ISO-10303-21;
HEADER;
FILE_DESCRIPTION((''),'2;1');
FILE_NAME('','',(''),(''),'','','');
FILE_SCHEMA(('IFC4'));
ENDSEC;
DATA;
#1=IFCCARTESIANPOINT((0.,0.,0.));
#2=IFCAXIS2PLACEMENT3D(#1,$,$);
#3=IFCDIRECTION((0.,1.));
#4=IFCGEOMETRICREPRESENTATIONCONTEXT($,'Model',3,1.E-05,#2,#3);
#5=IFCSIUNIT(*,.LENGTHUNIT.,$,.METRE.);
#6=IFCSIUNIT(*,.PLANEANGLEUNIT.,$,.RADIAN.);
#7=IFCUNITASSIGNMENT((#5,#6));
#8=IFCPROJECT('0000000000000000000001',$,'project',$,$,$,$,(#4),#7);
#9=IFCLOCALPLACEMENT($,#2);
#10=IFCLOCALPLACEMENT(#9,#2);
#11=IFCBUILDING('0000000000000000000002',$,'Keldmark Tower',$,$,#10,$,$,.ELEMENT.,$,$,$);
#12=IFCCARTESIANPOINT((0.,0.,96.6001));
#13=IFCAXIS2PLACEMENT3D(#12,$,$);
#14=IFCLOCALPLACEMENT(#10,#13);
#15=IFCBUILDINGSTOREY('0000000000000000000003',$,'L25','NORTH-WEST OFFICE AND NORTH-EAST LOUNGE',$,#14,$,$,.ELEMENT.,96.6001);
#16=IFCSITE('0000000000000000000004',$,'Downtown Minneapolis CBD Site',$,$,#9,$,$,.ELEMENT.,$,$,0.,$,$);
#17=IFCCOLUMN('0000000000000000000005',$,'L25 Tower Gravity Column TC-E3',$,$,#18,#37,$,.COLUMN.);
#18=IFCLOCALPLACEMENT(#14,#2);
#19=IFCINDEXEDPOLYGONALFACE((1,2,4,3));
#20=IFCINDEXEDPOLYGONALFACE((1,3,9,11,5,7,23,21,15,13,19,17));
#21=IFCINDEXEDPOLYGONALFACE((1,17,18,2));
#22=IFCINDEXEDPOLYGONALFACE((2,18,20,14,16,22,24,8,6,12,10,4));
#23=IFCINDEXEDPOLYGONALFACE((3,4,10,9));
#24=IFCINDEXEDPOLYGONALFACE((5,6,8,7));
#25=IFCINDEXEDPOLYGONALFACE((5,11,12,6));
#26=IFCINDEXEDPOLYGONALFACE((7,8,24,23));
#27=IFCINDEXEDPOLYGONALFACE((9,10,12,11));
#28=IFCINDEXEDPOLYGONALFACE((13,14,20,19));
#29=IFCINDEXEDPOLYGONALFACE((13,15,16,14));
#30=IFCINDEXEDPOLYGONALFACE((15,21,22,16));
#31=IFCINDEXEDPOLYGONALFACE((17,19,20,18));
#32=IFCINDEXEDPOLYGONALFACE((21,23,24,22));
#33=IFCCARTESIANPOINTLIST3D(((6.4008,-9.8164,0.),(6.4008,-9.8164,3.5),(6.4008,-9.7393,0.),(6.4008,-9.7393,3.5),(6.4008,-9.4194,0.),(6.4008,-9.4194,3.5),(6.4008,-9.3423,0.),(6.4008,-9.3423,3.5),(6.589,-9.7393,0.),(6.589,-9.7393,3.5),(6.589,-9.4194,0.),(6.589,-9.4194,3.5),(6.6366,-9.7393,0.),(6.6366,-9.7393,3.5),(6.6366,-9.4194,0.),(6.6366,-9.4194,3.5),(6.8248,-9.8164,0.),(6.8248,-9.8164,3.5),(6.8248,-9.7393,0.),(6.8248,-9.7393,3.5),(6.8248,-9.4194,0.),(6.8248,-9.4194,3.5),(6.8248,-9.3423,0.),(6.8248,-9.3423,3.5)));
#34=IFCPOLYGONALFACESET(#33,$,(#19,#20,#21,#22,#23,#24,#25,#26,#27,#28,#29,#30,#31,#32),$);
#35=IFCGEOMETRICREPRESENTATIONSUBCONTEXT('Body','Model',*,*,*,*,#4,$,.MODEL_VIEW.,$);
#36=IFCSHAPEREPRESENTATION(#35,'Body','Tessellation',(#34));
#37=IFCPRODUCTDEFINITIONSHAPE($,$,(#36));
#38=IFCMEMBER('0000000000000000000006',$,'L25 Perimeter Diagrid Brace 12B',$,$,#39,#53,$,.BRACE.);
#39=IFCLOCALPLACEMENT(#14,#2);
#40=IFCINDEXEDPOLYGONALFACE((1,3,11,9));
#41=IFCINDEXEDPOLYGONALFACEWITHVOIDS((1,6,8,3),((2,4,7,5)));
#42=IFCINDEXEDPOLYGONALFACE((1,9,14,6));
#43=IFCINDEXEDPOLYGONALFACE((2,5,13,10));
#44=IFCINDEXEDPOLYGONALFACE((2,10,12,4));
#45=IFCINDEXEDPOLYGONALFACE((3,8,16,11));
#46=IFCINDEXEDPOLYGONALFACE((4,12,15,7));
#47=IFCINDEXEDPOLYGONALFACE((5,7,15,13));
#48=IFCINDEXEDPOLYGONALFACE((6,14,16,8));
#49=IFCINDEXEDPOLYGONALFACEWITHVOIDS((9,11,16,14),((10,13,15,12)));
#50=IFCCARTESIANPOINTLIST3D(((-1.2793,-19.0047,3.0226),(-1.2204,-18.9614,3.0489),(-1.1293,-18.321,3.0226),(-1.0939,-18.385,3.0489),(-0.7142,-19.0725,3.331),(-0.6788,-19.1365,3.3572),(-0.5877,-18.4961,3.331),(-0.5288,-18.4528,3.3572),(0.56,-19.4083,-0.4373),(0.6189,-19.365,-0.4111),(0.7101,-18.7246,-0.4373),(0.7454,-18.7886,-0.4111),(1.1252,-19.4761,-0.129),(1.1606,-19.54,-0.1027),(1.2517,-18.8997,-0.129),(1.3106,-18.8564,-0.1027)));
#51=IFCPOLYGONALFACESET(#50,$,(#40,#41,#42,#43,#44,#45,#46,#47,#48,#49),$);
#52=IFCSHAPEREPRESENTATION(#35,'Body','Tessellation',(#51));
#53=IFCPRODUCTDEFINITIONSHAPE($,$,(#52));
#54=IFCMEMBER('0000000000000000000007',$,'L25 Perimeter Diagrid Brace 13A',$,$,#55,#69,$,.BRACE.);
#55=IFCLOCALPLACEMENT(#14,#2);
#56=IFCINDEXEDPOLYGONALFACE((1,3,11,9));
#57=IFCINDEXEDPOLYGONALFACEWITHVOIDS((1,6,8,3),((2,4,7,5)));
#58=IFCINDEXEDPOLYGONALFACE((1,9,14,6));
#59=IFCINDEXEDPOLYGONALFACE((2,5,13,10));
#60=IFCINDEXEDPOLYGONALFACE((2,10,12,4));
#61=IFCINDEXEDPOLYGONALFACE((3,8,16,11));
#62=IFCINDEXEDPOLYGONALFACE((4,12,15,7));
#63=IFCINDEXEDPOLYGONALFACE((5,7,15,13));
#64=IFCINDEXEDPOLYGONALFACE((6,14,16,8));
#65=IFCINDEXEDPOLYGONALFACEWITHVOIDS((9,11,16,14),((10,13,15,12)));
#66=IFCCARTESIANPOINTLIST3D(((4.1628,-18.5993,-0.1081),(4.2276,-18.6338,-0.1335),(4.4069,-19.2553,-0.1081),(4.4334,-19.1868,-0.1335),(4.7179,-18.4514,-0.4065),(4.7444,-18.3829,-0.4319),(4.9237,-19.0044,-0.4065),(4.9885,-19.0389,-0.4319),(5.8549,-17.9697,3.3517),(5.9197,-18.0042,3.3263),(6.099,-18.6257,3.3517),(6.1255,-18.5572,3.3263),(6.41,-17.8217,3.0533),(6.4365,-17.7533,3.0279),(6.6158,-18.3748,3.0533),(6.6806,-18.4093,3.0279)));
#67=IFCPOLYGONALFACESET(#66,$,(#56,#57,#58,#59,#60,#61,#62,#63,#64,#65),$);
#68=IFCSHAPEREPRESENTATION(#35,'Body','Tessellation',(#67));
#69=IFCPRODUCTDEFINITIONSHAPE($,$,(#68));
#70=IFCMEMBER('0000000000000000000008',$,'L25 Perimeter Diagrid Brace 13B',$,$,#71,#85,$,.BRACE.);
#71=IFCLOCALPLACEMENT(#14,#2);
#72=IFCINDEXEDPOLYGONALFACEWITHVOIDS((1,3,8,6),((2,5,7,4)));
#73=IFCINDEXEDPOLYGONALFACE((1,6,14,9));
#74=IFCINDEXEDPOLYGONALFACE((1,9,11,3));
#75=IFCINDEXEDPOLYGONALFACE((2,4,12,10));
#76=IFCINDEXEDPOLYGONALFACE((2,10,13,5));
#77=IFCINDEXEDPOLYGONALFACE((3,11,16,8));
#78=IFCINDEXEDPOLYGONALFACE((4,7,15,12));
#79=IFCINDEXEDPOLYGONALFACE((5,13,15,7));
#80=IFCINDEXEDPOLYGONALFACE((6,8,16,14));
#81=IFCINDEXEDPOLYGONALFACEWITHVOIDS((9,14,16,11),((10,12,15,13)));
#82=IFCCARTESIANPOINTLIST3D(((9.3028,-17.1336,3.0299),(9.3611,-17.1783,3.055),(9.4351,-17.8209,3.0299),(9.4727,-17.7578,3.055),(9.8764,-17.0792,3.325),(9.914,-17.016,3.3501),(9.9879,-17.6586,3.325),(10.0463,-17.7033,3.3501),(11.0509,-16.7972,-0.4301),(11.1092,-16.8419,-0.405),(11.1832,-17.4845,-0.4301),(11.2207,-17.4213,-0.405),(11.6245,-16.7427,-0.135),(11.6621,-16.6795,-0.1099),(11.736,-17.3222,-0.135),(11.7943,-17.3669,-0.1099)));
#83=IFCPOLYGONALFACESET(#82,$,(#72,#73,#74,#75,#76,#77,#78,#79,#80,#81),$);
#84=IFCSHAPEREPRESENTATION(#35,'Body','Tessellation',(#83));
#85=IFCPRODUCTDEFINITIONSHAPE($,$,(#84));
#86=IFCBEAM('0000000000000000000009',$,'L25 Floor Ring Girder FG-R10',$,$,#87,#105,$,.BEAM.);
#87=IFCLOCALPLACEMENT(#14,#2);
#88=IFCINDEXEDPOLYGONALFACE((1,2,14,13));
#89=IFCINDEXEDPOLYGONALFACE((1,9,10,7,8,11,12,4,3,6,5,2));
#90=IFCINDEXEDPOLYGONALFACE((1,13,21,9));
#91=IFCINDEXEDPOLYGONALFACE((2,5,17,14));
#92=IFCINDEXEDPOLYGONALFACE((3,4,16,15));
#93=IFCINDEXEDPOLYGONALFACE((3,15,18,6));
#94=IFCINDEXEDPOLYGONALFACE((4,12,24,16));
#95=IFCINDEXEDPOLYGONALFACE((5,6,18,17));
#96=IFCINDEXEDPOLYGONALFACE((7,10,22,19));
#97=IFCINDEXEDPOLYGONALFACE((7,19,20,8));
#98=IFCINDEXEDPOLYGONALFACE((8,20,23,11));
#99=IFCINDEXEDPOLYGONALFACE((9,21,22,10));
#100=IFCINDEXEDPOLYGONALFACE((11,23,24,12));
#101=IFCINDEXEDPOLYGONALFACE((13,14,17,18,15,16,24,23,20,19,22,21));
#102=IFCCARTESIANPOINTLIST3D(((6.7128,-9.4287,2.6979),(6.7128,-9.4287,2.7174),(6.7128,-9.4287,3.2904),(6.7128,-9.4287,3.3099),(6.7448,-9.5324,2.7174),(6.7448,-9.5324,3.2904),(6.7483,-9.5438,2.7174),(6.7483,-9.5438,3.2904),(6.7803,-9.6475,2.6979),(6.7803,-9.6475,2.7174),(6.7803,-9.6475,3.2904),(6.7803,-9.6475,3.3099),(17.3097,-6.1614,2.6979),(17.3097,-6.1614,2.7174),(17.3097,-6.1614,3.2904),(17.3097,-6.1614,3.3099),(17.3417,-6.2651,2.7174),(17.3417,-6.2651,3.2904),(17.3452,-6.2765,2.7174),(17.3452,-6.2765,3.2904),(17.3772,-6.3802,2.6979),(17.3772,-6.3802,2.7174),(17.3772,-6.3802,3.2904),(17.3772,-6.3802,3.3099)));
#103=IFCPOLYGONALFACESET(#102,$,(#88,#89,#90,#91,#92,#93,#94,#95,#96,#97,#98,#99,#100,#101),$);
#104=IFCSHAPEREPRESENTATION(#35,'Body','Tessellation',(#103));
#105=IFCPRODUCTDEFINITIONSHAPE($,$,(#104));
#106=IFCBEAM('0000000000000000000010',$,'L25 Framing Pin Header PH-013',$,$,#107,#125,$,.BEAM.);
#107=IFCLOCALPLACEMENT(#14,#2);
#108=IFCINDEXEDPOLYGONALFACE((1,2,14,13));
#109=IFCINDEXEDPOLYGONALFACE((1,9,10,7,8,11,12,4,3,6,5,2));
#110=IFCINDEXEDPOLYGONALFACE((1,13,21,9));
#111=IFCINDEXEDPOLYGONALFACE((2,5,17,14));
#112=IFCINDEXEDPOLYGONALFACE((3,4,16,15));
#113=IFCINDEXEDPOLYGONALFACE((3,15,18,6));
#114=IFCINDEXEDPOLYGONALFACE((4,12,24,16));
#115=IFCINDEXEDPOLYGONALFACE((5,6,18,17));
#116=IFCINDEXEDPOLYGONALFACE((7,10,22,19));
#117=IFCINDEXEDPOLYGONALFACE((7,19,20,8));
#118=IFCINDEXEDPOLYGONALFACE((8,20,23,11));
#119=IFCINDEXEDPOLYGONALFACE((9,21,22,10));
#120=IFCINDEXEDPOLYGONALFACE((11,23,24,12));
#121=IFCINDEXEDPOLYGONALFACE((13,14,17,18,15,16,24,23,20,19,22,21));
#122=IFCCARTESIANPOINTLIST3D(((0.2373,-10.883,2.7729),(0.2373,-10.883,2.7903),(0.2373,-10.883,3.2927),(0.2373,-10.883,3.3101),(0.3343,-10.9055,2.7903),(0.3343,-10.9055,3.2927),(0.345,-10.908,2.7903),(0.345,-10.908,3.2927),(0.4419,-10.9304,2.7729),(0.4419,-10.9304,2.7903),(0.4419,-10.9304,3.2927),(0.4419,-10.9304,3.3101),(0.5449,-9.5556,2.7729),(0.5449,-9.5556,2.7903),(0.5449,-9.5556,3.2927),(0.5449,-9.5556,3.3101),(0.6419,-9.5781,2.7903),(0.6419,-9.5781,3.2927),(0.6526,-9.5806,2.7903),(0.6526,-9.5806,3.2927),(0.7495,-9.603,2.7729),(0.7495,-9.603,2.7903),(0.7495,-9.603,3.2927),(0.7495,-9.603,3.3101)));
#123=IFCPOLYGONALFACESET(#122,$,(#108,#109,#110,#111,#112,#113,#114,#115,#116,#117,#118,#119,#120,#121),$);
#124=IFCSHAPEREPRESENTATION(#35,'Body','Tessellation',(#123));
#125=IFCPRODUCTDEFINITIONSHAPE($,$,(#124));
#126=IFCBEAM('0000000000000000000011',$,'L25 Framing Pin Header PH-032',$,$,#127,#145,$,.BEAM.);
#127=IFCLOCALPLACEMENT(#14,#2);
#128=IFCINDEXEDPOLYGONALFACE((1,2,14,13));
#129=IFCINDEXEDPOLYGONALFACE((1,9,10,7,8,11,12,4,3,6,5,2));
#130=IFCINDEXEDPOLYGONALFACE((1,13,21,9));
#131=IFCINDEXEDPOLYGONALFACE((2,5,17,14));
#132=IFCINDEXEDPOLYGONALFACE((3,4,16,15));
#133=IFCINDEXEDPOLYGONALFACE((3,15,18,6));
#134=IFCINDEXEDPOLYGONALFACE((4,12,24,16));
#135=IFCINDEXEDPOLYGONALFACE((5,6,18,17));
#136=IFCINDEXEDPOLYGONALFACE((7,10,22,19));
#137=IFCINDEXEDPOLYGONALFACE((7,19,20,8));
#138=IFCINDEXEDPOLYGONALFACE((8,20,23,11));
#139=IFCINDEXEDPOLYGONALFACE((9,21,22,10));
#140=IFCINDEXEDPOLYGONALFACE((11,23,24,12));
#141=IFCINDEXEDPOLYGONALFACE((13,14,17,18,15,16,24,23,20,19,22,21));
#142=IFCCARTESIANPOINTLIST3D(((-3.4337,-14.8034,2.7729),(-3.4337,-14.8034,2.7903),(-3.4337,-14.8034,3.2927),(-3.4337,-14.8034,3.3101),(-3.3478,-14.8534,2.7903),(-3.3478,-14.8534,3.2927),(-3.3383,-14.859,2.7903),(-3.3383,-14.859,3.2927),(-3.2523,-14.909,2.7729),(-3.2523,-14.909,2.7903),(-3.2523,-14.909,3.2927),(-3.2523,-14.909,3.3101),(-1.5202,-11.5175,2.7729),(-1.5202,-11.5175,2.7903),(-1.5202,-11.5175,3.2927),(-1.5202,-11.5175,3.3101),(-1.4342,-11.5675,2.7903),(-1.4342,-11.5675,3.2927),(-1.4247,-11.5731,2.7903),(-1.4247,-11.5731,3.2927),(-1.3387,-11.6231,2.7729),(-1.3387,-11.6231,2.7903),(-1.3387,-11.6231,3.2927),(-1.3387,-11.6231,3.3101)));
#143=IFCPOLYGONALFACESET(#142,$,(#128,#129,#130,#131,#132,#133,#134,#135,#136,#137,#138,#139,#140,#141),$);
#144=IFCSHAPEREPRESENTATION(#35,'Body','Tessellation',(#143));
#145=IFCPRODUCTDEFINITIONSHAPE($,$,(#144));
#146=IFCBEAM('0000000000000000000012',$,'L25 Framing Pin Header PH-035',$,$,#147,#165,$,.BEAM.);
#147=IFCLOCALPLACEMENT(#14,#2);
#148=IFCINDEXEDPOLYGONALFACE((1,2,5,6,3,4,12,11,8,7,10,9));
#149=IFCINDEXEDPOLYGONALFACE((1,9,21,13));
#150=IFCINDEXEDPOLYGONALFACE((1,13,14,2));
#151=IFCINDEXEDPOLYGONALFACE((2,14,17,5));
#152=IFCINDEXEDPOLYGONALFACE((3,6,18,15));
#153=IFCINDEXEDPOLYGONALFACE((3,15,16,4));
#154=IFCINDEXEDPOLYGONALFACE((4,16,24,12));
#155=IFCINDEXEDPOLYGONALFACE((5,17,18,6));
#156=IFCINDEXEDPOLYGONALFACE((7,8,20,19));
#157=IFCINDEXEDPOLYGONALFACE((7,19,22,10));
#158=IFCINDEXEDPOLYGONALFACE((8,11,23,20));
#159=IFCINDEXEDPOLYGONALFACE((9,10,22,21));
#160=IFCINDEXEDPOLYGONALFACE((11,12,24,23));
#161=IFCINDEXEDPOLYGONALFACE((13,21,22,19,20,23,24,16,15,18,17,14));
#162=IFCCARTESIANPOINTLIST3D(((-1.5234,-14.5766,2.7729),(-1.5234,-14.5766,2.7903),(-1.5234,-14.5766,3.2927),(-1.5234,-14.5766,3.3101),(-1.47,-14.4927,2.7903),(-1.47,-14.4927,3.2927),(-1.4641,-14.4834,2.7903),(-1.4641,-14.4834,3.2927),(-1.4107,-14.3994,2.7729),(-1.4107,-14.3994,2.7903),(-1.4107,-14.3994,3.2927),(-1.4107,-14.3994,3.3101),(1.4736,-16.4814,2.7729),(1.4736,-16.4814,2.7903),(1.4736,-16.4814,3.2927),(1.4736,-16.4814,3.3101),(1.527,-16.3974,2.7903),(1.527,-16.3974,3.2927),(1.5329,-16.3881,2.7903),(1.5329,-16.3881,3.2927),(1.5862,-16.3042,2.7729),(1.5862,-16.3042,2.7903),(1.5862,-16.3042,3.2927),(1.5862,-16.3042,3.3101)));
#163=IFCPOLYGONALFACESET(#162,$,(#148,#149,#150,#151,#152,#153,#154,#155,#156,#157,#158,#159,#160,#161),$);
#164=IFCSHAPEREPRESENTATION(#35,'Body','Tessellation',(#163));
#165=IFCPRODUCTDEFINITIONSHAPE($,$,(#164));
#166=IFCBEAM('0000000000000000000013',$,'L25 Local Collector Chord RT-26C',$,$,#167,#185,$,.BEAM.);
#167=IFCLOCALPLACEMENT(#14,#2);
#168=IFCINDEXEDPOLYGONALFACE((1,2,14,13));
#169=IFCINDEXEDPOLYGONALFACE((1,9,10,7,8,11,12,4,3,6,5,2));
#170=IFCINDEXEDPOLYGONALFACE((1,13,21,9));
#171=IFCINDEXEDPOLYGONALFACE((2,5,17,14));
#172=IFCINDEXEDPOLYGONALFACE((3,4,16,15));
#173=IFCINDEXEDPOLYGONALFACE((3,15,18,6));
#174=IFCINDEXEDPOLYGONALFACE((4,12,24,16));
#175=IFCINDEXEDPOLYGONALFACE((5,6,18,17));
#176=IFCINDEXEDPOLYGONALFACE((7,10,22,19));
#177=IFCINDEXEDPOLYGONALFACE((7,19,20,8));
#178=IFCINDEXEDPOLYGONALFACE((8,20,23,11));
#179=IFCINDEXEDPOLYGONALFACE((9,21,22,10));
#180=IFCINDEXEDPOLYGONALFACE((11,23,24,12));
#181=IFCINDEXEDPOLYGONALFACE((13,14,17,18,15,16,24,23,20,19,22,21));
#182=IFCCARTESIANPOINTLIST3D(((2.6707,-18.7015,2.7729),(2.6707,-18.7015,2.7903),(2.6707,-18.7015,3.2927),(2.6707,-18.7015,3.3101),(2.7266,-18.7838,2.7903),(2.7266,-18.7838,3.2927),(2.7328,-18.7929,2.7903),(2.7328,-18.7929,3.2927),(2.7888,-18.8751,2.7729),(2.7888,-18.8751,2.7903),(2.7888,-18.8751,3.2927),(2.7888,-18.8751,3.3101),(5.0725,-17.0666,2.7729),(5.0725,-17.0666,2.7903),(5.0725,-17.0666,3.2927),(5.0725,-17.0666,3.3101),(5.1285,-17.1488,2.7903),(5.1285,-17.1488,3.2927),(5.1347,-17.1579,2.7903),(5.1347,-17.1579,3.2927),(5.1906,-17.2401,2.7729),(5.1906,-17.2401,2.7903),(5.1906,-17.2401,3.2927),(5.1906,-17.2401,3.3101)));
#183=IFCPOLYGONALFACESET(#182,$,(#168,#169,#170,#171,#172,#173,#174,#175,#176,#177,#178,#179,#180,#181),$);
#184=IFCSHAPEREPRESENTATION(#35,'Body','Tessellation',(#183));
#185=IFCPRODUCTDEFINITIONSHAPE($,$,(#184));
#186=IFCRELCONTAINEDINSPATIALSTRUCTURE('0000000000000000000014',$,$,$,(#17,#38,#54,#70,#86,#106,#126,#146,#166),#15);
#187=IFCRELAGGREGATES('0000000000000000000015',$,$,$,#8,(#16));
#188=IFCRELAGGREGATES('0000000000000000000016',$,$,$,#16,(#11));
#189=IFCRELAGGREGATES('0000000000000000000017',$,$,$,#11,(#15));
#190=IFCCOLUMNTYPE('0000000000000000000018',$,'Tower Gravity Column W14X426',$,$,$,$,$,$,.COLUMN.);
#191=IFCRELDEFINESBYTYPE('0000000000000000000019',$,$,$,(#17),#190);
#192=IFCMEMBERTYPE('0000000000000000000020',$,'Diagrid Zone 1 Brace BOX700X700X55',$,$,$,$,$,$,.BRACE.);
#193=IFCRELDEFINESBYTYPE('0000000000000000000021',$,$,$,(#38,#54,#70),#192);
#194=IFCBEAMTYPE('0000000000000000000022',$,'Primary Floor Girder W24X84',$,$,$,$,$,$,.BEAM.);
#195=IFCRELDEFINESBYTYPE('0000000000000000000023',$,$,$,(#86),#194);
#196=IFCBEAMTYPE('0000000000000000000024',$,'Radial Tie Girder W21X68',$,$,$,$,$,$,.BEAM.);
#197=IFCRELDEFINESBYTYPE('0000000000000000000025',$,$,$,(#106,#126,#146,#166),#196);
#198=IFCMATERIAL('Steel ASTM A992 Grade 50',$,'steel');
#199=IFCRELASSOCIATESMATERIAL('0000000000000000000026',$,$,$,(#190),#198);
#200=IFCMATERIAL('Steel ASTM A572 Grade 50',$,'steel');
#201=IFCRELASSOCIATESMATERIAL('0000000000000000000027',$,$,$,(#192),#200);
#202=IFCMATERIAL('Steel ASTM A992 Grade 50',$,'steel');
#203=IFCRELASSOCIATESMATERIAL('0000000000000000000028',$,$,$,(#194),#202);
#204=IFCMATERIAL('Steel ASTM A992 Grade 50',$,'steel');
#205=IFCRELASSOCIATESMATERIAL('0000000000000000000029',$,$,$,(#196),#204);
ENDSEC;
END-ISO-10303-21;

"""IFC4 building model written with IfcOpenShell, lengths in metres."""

from ifc_helpers import new_model, si_unit, direction, frame, origin, origin_2d, place, context, subcontext, project, spatial, hollow_rectangle, i_section, extrude, material, material_profile, profile_set, type_object, element, save


model = new_model("IFC4")

# Units and contexts
model_context = context("Model", 3, precision=1e-05, world=origin(), true_north=direction((0.0, 1.0)))
body_context = subcontext(model_context, "Body", "Model", "MODEL_VIEW")
ifc_project = project(units=[si_unit("LENGTHUNIT", "METRE"), si_unit("PLANEANGLEUNIT", "RADIAN")], contexts=[model_context])

# Site, building, storey
site_placement = place(None, origin())
site = spatial("IfcSite", under=ifc_project, at=site_placement, Name="Downtown Minneapolis CBD Site", CompositionType="ELEMENT", RefElevation=0.0)
building_placement = place(site_placement, origin())
building = spatial("IfcBuilding", under=site, at=building_placement, Name="Keldmark Tower", CompositionType="ELEMENT")
storey_placement = place(building_placement, frame((0.0, 0.0, 96.6001)))
storey = spatial("IfcBuildingStorey", under=building, at=storey_placement, Name="L25", Description="NORTH-WEST OFFICE AND NORTH-EAST LOUNGE", CompositionType="ELEMENT", Elevation=96.6001)

# Column
ifc_material_1 = material(Name="Steel ASTM A992 Grade 50", Category="steel")
ifc_material_profile_1 = material_profile(ifc_material_1, i_section(OverallWidth=0.4241, OverallDepth=0.4741, WebThickness=0.0476, FlangeThickness=0.0771, at=origin_2d()), Name="W14X426")
ifc_profile_set_1 = profile_set([ifc_material_profile_1], Name="Steel ASTM A992 Grade 50")
column_type = type_object("IfcColumnType", Name="Tower Gravity Column W14X426", PredefinedType="COLUMN", material=ifc_profile_set_1)
column_placement = place(storey_placement, frame((6.6128, -9.5793, 0.0), z_axis=(0.0, 0.0, 1.0), x_axis=(1.0, 0.0, 0.0)))
element("IfcColumn", 1, at=column_placement, inside=storey, type_object=column_type, Name="L25 Tower Gravity Column TC-E3", PredefinedType="COLUMN", context=body_context, shape_type="SweptSolid", body=[
    extrude(i_section(OverallWidth=0.4241, OverallDepth=0.4741, WebThickness=0.0476, FlangeThickness=0.0771, at=origin_2d()), origin(), (0.0, 0.0, 1.0), 3.5),
])

# Members
ifc_material_2 = material(Name="Steel ASTM A572 Grade 50", Category="steel")
ifc_material_profile_2 = material_profile(ifc_material_2, hollow_rectangle(XDim=0.7, YDim=0.7, WallThickness=0.0549, at=origin_2d()), Name="BOX700X700X55")
ifc_profile_set_2 = profile_set([ifc_material_profile_2], Name="Steel ASTM A572 Grade 50")
member_type = type_object("IfcMemberType", Name="Diagrid Zone 1 Brace BOX700X700X55", PredefinedType="BRACE", material=ifc_profile_set_2)
member_1_placement = place(storey_placement, frame((0.9353, -19.1323, -0.27), z_axis=(-0.466934, 0.102448, 0.878337), x_axis=(-0.214308, -0.976766, 0.0)))
element("IfcMember", 2, at=member_1_placement, inside=storey, type_object=member_type, Name="L25 Perimeter Diagrid Brace 12B", PredefinedType="BRACE", context=body_context, shape_type="SweptSolid", body=[
    extrude(hollow_rectangle(XDim=0.7, YDim=0.7, WallThickness=0.0549, at=origin_2d()), origin(), (0.0, 0.0, 1.0), 3.9392),
])
member_2_placement = place(storey_placement, frame((4.5757, -18.8191, -0.27), z_axis=(0.433581, 0.161334, 0.886555), x_axis=(-0.348736, 0.937221, 0.0)))
element("IfcMember", 3, at=member_2_placement, inside=storey, type_object=member_type, Name="L25 Perimeter Diagrid Brace 13A", PredefinedType="BRACE", context=body_context, shape_type="SweptSolid", body=[
    extrude(hollow_rectangle(XDim=0.7, YDim=0.7, WallThickness=0.0549, at=origin_2d()), origin(), (0.0, 0.0, 1.0), 3.9026),
])
member_3_placement = place(storey_placement, frame((11.4226, -17.082, -0.27), z_axis=(-0.449249, -0.086462, 0.889213), x_axis=(0.18899, -0.981979, 0.0)))
element("IfcMember", 4, at=member_3_placement, inside=storey, type_object=member_type, Name="L25 Perimeter Diagrid Brace 13B", PredefinedType="BRACE", context=body_context, shape_type="SweptSolid", body=[
    extrude(hollow_rectangle(XDim=0.7, YDim=0.7, WallThickness=0.0549, at=origin_2d()), origin(), (0.0, 0.0, 1.0), 3.8911),
])

# Beams
ifc_material_3 = material(Name="Steel ASTM A992 Grade 50", Category="steel")
ifc_material_profile_3 = material_profile(ifc_material_3, i_section(OverallWidth=0.229, OverallDepth=0.6121, WebThickness=0.012, FlangeThickness=0.0195, at=origin_2d()), Name="W24X84")
ifc_profile_set_3 = profile_set([ifc_material_profile_3], Name="Steel ASTM A992 Grade 50")
beam_type_1 = type_object("IfcBeamType", Name="Primary Floor Girder W24X84", PredefinedType="BEAM", material=ifc_profile_set_3)
beam_1_placement = place(storey_placement, frame((6.7466, -9.5381, 3.0039), z_axis=(0.955608, 0.294641, 0.0), x_axis=(-0.294641, 0.955608, 0.0)))
element("IfcBeam", 5, at=beam_1_placement, inside=storey, type_object=beam_type_1, Name="L25 Floor Ring Girder FG-R10", PredefinedType="BEAM", context=body_context, shape_type="SweptSolid", body=[
    extrude(i_section(OverallWidth=0.229, OverallDepth=0.6121, WebThickness=0.012, FlangeThickness=0.0195, at=origin_2d()), origin(), (0.0, 0.0, 1.0), 11.0891),
])
ifc_material_4 = material(Name="Steel ASTM A992 Grade 50", Category="steel")
ifc_material_profile_4 = material_profile(ifc_material_4, i_section(OverallWidth=0.21, OverallDepth=0.5371, WebThickness=0.011, FlangeThickness=0.0173, at=origin_2d()), Name="W21X68")
ifc_profile_set_4 = profile_set([ifc_material_profile_4], Name="Steel ASTM A992 Grade 50")
beam_type_2 = type_object("IfcBeamType", Name="Radial Tie Girder W21X68", PredefinedType="BEAM", material=ifc_profile_set_4)
beam_2_placement = place(storey_placement, frame((0.6472, -9.5793, 3.0415), z_axis=(-0.225762, -0.974182, 0.0), x_axis=(0.974182, -0.225762, 0.0)))
element("IfcBeam", 6, at=beam_2_placement, inside=storey, type_object=beam_type_2, Name="L25 Framing Pin Header PH-013", PredefinedType="BEAM", context=body_context, shape_type="SweptSolid", body=[
    extrude(i_section(OverallWidth=0.21, OverallDepth=0.5371, WebThickness=0.011, FlangeThickness=0.0173, at=origin_2d()), origin(), (0.0, 0.0, 1.0), 1.3625),
])
beam_3_placement = place(storey_placement, frame((-1.4294, -11.5703, 3.0415), z_axis=(-0.503244, -0.864144, 0.0), x_axis=(0.864144, -0.503244, 0.0)))
element("IfcBeam", 7, at=beam_3_placement, inside=storey, type_object=beam_type_2, Name="L25 Framing Pin Header PH-032", PredefinedType="BEAM", context=body_context, shape_type="SweptSolid", body=[
    extrude(i_section(OverallWidth=0.21, OverallDepth=0.5371, WebThickness=0.011, FlangeThickness=0.0173, at=origin_2d()), origin(), (0.0, 0.0, 1.0), 3.8025),
])
beam_4_placement = place(storey_placement, frame((-1.467, -14.488, 3.0415), z_axis=(0.843973, -0.536386, 0.0), x_axis=(0.536386, 0.843973, 0.0)))
element("IfcBeam", 8, at=beam_4_placement, inside=storey, type_object=beam_type_2, Name="L25 Framing Pin Header PH-035", PredefinedType="BEAM", context=body_context, shape_type="SweptSolid", body=[
    extrude(i_section(OverallWidth=0.21, OverallDepth=0.5371, WebThickness=0.011, FlangeThickness=0.0173, at=origin_2d()), origin(), (0.0, 0.0, 1.0), 3.551),
])
beam_5_placement = place(storey_placement, frame((2.7297, -18.7883, 3.0415), z_axis=(0.826647, 0.562721, 0.0), x_axis=(-0.562721, 0.826647, 0.0)))
element("IfcBeam", 9, at=beam_5_placement, inside=storey, type_object=beam_type_2, Name="L25 Local Collector Chord RT-26C", PredefinedType="BEAM", context=body_context, shape_type="SweptSolid", body=[
    extrude(i_section(OverallWidth=0.21, OverallDepth=0.5371, WebThickness=0.011, FlangeThickness=0.0173, at=origin_2d()), origin(), (0.0, 0.0, 1.0), 2.9055),
])

save(model, "model.ifc")
